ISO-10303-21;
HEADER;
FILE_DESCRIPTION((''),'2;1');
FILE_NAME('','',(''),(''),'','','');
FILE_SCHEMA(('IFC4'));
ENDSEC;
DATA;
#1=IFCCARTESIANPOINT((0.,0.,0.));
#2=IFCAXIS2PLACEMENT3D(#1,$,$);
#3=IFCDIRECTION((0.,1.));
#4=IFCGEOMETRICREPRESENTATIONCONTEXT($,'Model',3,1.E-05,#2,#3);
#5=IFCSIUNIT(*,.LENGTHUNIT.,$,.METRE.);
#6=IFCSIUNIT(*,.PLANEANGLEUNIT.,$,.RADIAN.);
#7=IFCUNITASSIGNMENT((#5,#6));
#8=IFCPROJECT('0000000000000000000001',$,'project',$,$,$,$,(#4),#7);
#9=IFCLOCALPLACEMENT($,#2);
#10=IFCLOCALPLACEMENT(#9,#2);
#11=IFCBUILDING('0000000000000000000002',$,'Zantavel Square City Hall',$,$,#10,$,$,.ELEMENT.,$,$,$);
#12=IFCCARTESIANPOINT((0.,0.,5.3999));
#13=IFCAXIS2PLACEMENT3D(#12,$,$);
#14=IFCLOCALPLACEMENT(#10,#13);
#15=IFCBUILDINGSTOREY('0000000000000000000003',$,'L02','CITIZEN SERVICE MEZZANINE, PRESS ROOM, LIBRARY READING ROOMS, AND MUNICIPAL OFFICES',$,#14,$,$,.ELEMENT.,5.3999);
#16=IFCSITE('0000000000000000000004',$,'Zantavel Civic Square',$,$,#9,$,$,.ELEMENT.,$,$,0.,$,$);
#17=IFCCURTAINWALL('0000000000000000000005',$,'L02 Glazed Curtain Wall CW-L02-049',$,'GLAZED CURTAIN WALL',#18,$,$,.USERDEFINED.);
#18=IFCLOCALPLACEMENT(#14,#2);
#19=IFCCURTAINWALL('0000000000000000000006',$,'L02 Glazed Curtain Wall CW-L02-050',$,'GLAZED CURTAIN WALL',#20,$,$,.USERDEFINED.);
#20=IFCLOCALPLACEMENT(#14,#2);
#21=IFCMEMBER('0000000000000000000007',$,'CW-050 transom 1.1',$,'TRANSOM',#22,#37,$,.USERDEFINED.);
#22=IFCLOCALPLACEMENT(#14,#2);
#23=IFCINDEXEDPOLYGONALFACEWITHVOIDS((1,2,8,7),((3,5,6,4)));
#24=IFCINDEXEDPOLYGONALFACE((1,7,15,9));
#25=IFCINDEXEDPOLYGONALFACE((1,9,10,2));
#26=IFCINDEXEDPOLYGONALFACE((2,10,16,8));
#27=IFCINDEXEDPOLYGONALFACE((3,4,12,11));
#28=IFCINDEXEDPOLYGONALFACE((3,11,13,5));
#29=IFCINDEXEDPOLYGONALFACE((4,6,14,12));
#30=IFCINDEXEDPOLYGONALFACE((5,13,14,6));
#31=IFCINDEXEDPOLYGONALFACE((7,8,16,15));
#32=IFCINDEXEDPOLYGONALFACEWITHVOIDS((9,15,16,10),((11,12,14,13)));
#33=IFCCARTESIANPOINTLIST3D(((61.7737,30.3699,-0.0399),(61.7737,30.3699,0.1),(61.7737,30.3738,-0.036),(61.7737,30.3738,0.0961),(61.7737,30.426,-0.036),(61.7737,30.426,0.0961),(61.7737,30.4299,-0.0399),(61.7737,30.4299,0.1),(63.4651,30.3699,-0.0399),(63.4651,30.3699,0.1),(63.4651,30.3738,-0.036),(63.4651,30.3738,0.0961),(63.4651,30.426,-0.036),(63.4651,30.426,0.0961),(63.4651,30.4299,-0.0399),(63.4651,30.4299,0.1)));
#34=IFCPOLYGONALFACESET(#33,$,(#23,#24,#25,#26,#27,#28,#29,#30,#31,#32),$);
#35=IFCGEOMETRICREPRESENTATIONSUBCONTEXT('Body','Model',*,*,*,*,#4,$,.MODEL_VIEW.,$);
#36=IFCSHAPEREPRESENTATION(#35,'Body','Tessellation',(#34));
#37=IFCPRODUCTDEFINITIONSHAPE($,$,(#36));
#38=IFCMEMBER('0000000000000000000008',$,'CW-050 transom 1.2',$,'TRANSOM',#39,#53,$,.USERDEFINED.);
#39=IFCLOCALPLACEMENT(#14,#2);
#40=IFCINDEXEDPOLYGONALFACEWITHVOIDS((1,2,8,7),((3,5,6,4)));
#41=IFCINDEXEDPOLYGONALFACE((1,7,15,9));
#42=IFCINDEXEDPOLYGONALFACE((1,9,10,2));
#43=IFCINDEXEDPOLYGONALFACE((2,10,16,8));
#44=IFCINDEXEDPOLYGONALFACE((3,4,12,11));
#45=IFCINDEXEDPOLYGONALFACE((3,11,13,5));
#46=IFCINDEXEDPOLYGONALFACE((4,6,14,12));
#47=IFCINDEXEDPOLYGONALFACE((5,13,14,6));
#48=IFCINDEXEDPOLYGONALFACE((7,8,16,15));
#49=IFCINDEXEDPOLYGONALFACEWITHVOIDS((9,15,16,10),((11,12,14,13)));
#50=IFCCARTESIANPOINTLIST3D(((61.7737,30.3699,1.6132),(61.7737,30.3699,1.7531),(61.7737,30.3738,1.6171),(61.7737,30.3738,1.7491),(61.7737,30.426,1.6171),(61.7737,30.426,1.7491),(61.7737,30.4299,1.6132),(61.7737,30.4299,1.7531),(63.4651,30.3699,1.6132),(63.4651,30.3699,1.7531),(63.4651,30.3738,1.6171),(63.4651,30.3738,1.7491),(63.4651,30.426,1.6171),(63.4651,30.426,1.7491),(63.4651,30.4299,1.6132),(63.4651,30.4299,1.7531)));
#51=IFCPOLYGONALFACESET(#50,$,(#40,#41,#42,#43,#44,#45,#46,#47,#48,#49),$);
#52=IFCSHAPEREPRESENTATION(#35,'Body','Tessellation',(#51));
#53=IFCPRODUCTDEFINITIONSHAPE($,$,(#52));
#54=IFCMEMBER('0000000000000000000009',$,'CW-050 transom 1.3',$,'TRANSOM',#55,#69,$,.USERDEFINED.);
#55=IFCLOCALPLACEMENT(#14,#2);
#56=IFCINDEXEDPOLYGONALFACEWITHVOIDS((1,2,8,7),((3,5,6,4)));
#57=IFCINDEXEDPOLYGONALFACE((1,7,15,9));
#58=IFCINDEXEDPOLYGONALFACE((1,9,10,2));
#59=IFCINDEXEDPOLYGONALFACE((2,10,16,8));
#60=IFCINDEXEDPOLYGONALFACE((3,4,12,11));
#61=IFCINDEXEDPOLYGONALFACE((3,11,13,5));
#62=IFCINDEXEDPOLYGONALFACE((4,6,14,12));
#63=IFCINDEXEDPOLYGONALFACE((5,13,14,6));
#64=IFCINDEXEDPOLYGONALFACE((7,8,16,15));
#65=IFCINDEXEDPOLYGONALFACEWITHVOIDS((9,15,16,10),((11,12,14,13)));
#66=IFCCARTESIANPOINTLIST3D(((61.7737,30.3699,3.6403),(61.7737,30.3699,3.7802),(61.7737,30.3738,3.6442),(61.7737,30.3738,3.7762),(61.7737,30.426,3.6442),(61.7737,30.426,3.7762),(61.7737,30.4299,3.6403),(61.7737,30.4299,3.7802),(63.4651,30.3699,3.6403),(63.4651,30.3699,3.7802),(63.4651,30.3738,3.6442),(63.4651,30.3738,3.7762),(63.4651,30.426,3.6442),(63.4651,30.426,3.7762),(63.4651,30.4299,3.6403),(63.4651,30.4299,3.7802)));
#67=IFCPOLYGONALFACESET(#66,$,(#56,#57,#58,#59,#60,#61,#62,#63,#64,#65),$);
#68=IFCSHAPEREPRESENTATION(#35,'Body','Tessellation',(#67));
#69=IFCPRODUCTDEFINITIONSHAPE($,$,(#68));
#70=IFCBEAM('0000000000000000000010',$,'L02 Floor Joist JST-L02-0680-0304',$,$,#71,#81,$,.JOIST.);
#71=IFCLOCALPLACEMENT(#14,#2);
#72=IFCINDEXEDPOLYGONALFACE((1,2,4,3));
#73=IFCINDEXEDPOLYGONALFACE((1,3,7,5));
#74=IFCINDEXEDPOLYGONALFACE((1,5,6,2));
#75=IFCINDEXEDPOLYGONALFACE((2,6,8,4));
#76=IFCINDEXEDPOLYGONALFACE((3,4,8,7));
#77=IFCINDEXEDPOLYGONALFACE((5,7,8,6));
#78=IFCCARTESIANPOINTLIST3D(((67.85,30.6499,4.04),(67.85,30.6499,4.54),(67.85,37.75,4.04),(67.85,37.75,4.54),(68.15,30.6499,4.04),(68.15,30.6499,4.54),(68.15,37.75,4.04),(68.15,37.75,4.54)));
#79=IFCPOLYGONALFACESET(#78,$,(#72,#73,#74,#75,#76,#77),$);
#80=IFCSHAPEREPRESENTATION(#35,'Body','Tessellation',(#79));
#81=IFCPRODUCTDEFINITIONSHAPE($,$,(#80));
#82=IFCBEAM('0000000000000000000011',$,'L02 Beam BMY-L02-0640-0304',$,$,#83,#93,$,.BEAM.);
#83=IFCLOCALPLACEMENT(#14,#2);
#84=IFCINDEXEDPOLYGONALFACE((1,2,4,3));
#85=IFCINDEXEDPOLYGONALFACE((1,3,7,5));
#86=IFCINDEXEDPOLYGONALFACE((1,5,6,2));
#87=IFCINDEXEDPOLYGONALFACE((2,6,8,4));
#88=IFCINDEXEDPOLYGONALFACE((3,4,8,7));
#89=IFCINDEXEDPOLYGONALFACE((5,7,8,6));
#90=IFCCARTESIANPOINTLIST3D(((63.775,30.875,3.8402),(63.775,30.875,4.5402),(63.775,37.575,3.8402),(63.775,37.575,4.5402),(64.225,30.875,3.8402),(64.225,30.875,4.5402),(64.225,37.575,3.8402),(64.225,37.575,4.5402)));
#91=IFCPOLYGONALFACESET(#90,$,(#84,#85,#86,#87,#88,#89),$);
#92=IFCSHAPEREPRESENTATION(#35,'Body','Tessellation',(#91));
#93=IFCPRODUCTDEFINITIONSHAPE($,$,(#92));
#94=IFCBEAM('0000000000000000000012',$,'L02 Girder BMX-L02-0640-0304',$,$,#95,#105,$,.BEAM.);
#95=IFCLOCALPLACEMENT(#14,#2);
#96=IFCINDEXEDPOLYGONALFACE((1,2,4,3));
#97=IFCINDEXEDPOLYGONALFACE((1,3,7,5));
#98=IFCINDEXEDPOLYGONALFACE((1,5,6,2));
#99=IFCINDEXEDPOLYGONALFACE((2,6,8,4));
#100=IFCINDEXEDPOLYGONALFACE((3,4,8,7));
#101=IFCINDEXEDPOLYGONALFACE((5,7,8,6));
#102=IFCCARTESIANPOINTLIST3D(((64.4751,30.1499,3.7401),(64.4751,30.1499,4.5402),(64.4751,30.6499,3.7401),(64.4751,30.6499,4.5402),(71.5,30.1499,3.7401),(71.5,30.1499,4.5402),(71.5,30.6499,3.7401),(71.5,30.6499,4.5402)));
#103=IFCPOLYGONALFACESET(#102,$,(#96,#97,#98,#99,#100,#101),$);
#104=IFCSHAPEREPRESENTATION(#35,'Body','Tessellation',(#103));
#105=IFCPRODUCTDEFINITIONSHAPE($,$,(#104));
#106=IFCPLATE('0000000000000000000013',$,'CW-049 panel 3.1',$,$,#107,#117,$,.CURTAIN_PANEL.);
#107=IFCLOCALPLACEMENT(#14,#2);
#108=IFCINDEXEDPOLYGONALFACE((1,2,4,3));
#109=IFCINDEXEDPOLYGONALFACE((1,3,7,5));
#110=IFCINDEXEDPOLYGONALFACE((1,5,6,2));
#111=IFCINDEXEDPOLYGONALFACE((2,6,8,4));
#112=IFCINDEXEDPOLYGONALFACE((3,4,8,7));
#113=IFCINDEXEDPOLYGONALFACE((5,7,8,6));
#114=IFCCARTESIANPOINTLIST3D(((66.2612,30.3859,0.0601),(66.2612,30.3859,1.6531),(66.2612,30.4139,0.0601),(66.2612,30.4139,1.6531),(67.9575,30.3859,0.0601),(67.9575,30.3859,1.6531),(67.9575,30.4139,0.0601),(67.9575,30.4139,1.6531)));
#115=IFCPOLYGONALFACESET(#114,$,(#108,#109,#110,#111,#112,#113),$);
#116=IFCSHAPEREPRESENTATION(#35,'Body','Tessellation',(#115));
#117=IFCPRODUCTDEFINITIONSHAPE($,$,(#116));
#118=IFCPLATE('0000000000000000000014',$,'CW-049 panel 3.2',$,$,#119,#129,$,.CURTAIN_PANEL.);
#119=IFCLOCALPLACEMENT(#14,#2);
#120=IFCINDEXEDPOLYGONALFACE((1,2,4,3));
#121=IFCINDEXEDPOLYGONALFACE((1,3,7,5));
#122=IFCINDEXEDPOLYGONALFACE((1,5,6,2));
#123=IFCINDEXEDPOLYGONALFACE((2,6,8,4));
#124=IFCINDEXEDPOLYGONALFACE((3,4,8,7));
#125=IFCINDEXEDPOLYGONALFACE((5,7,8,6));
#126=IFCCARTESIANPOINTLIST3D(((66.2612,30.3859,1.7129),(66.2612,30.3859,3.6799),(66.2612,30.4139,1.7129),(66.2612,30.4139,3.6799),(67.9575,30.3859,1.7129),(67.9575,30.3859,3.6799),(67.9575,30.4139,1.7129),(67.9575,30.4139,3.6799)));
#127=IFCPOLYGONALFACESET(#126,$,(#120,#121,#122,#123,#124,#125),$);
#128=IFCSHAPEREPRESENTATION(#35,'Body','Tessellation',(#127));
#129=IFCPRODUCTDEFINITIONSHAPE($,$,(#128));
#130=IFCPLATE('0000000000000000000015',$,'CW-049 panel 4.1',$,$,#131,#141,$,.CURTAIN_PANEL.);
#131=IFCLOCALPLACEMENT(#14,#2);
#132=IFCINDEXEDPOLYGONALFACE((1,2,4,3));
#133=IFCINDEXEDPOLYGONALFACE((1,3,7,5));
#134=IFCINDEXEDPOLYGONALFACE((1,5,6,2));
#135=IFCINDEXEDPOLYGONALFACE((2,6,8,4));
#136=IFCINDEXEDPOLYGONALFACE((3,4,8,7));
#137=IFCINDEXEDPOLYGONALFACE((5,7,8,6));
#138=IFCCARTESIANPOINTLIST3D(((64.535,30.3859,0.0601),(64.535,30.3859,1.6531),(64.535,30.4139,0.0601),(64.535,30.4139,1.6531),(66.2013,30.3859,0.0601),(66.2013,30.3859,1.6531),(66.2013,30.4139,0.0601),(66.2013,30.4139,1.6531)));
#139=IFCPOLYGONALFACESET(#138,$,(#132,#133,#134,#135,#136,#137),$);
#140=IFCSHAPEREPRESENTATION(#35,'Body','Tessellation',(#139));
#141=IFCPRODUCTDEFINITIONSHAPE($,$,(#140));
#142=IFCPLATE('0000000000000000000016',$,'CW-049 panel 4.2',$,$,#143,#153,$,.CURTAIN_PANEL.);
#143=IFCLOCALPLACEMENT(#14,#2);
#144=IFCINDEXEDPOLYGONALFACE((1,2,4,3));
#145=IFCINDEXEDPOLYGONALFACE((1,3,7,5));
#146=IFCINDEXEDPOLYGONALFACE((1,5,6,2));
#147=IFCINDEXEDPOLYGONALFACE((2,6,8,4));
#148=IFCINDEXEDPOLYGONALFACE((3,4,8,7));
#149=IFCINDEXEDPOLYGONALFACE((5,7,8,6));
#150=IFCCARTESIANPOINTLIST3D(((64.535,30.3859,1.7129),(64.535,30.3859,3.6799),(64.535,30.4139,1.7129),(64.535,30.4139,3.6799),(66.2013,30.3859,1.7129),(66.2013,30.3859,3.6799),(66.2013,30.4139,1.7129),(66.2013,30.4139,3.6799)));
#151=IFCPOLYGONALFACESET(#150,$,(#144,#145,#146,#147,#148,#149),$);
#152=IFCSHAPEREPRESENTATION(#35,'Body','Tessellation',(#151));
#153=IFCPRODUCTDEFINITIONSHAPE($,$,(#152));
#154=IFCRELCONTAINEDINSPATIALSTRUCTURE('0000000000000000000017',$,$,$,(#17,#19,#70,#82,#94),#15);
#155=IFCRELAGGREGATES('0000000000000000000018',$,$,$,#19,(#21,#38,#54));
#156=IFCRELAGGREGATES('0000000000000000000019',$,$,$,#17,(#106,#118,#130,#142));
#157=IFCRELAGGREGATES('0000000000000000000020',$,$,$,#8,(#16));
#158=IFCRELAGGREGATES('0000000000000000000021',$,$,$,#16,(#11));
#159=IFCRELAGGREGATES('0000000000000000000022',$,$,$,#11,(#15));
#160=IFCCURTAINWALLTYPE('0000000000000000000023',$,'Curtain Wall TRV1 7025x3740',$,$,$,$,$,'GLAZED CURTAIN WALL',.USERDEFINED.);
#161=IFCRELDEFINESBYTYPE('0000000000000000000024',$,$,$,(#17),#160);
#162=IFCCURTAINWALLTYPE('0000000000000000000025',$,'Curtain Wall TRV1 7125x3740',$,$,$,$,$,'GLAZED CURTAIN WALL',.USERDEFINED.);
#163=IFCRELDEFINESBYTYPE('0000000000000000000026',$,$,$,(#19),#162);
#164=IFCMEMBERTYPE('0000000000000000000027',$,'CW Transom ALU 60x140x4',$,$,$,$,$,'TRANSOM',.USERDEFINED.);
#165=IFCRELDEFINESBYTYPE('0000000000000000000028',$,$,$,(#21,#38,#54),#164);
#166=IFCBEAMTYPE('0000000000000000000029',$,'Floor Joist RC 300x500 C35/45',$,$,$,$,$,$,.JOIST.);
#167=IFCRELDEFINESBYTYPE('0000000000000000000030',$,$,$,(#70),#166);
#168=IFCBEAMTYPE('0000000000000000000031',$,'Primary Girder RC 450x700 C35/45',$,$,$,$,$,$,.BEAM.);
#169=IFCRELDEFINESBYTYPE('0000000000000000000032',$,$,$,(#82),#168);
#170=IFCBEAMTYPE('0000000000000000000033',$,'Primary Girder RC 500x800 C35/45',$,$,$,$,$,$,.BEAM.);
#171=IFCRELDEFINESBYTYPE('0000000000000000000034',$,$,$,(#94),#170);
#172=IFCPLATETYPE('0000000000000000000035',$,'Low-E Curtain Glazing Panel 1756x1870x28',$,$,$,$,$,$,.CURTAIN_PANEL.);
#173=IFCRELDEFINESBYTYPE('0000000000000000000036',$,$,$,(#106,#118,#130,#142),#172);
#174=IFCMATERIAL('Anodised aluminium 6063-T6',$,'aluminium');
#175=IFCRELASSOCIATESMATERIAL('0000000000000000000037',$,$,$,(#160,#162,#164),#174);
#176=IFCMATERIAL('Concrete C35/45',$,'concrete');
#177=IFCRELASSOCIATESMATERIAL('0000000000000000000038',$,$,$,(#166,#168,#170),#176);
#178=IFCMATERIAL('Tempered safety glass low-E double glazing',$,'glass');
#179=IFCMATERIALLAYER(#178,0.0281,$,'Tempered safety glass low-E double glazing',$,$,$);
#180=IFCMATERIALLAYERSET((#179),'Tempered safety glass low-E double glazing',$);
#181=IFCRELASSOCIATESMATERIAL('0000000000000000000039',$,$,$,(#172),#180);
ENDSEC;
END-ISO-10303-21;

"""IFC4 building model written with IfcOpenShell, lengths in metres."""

from ifc_helpers import new_model, si_unit, direction, frame, origin, origin_2d, place, context, subcontext, project, spatial, rectangle, hollow_rectangle, extrude, material, layer, layer_set, material_profile, profile_set, type_object, element, aggregate, save


model = new_model("IFC4")

# Units and contexts
model_context = context("Model", 3, precision=1e-05, world=origin(), true_north=direction((0.0, 1.0)))
body_context = subcontext(model_context, "Body", "Model", "MODEL_VIEW")
ifc_project = project(units=[si_unit("LENGTHUNIT", "METRE"), si_unit("PLANEANGLEUNIT", "RADIAN")], contexts=[model_context])

# Site, building, storey
site_placement = place(None, origin())
site = spatial("IfcSite", under=ifc_project, at=site_placement, Name="Zantavel Civic Square", CompositionType="ELEMENT", RefElevation=0.0)
building_placement = place(site_placement, origin())
building = spatial("IfcBuilding", under=site, at=building_placement, Name="Zantavel Square City Hall", CompositionType="ELEMENT")
storey_placement = place(building_placement, frame((0.0, 0.0, 5.3999)))
storey = spatial("IfcBuildingStorey", under=building, at=storey_placement, Name="L02", Description="CITIZEN SERVICE MEZZANINE, PRESS ROOM, LIBRARY READING ROOMS, AND MUNICIPAL OFFICES", CompositionType="ELEMENT", Elevation=5.3999)

# Curtain wall
ifc_material_1 = material(Name="Anodised aluminium 6063-T6", Category="aluminium")
curtain_wall_type_1 = type_object("IfcCurtainWallType", Name="Curtain Wall TRV1 7025x3740", ElementType="GLAZED CURTAIN WALL", PredefinedType="USERDEFINED", material=ifc_material_1)
curtain_wall_1_placement = place(storey_placement, origin())
curtain_wall_1 = element("IfcCurtainWall", 1, at=curtain_wall_1_placement, inside=storey, type_object=curtain_wall_type_1, Name="L02 Glazed Curtain Wall CW-L02-049", ObjectType="GLAZED CURTAIN WALL", PredefinedType="USERDEFINED")

# Curtain wall
curtain_wall_type_2 = type_object("IfcCurtainWallType", Name="Curtain Wall TRV1 7125x3740", ElementType="GLAZED CURTAIN WALL", PredefinedType="USERDEFINED", material=ifc_material_1)
curtain_wall_2_placement = place(storey_placement, origin())
curtain_wall_2 = element("IfcCurtainWall", 2, at=curtain_wall_2_placement, inside=storey, type_object=curtain_wall_type_2, Name="L02 Glazed Curtain Wall CW-L02-050", ObjectType="GLAZED CURTAIN WALL", PredefinedType="USERDEFINED")

# Members
ifc_material_profile_1 = material_profile(ifc_material_1, hollow_rectangle(XDim=0.0601, YDim=0.1399, WallThickness=0.0039, at=origin_2d()), Name="ALU 60x140x4")
ifc_profile_set_1 = profile_set([ifc_material_profile_1], Name="Anodised aluminium 6063-T6")
member_type_1 = type_object("IfcMemberType", Name="CW Transom ALU 60x140x4", ElementType="TRANSOM", PredefinedType="USERDEFINED", material=ifc_profile_set_1)
member_1_placement = place(storey_placement, frame((63.4651, 30.3999, 0.03), z_axis=(-1.0, 0.0, 0.0), x_axis=(0.0, -1.0, 0.0)))
member_1 = element("IfcMember", 3, at=member_1_placement, type_object=member_type_1, Name="CW-050 transom 1.1", ObjectType="TRANSOM", PredefinedType="USERDEFINED", context=body_context, shape_type="SweptSolid", body=[
    extrude(hollow_rectangle(XDim=0.0601, YDim=0.1399, WallThickness=0.0039, at=origin_2d()), origin(), (0.0, 0.0, 1.0), 1.6914),
])
member_2_placement = place(storey_placement, frame((63.4651, 30.3999, 1.6831), z_axis=(-1.0, 0.0, 0.0), x_axis=(0.0, -1.0, 0.0)))
member_2 = element("IfcMember", 4, at=member_2_placement, type_object=member_type_1, Name="CW-050 transom 1.2", ObjectType="TRANSOM", PredefinedType="USERDEFINED", context=body_context, shape_type="SweptSolid", body=[
    extrude(hollow_rectangle(XDim=0.0601, YDim=0.1399, WallThickness=0.0039, at=origin_2d()), origin(), (0.0, 0.0, 1.0), 1.6914),
])
member_3_placement = place(storey_placement, frame((63.4651, 30.3999, 3.7102), z_axis=(-1.0, 0.0, 0.0), x_axis=(0.0, -1.0, 0.0)))
member_3 = element("IfcMember", 5, at=member_3_placement, type_object=member_type_1, Name="CW-050 transom 1.3", ObjectType="TRANSOM", PredefinedType="USERDEFINED", context=body_context, shape_type="SweptSolid", body=[
    extrude(hollow_rectangle(XDim=0.0601, YDim=0.1399, WallThickness=0.0039, at=origin_2d()), origin(), (0.0, 0.0, 1.0), 1.6914),
])
aggregate(curtain_wall_2, [member_1, member_2, member_3])

# Beams
ifc_material_2 = material(Name="Concrete C35/45", Category="concrete")
ifc_material_profile_2 = material_profile(ifc_material_2, rectangle(XDim=0.3, YDim=0.5, at=origin_2d()), Name="RC 300x500")
ifc_profile_set_2 = profile_set([ifc_material_profile_2], Name="Concrete C35/45")
beam_type_1 = type_object("IfcBeamType", Name="Floor Joist RC 300x500 C35/45", PredefinedType="JOIST", material=ifc_profile_set_2)
beam_1_placement = place(storey_placement, frame((68.0, 30.6499, 4.29), z_axis=(0.0, 1.0, 0.0), x_axis=(-1.0, 0.0, 0.0)))
element("IfcBeam", 6, at=beam_1_placement, inside=storey, type_object=beam_type_1, Name="L02 Floor Joist JST-L02-0680-0304", PredefinedType="JOIST", context=body_context, shape_type="SweptSolid", body=[
    extrude(rectangle(XDim=0.3, YDim=0.5, at=origin_2d()), origin(), (0.0, 0.0, 1.0), 7.1001),
])
ifc_material_profile_3 = material_profile(ifc_material_2, rectangle(XDim=0.45, YDim=0.7, at=origin_2d()), Name="RC 450x700")
ifc_profile_set_3 = profile_set([ifc_material_profile_3], Name="Concrete C35/45")
beam_type_2 = type_object("IfcBeamType", Name="Primary Girder RC 450x700 C35/45", PredefinedType="BEAM", material=ifc_profile_set_3)
beam_2_placement = place(storey_placement, frame((64.0, 30.875, 4.1902), z_axis=(0.0, 1.0, 0.0), x_axis=(-1.0, 0.0, 0.0)))
element("IfcBeam", 7, at=beam_2_placement, inside=storey, type_object=beam_type_2, Name="L02 Beam BMY-L02-0640-0304", PredefinedType="BEAM", context=body_context, shape_type="SweptSolid", body=[
    extrude(rectangle(XDim=0.45, YDim=0.7, at=origin_2d()), origin(), (0.0, 0.0, 1.0), 6.7),
])
ifc_material_profile_4 = material_profile(ifc_material_2, rectangle(XDim=0.5, YDim=0.8, at=origin_2d()), Name="RC 500x800")
ifc_profile_set_4 = profile_set([ifc_material_profile_4], Name="Concrete C35/45")
beam_type_3 = type_object("IfcBeamType", Name="Primary Girder RC 500x800 C35/45", PredefinedType="BEAM", material=ifc_profile_set_4)
beam_3_placement = place(storey_placement, frame((64.4751, 30.3999, 4.1401), z_axis=(1.0, 0.0, 0.0), x_axis=(0.0, 1.0, 0.0)))
element("IfcBeam", 8, at=beam_3_placement, inside=storey, type_object=beam_type_3, Name="L02 Girder BMX-L02-0640-0304", PredefinedType="BEAM", context=body_context, shape_type="SweptSolid", body=[
    extrude(rectangle(XDim=0.5, YDim=0.8, at=origin_2d()), origin(), (0.0, 0.0, 1.0), 7.0249),
])

# Plates
ifc_material_3 = material(Name="Tempered safety glass low-E double glazing", Category="glass")
ifc_layer = layer(ifc_material_3, 0.0281, Name="Tempered safety glass low-E double glazing")
ifc_layer_set = layer_set([ifc_layer], Name="Tempered safety glass low-E double glazing")
plate_type = type_object("IfcPlateType", Name="Low-E Curtain Glazing Panel 1756x1870x28", PredefinedType="CURTAIN_PANEL", material=ifc_layer_set)
plate_1_placement = place(storey_placement, frame((67.1094, 30.3999, 0.0601), z_axis=(0.0, 0.0, 1.0), x_axis=(-1.0, 0.0, 0.0)))
plate_1 = element("IfcPlate", 9, at=plate_1_placement, type_object=plate_type, Name="CW-049 panel 3.1", PredefinedType="CURTAIN_PANEL", context=body_context, shape_type="SweptSolid", body=[
    extrude(rectangle(XDim=1.6963, YDim=0.0281, at=origin_2d()), origin(), (0.0, 0.0, 1.0), 1.593),
])
plate_2_placement = place(storey_placement, frame((67.1094, 30.3999, 1.7129), z_axis=(0.0, 0.0, 1.0), x_axis=(-1.0, 0.0, 0.0)))
plate_2 = element("IfcPlate", 10, at=plate_2_placement, type_object=plate_type, Name="CW-049 panel 3.2", PredefinedType="CURTAIN_PANEL", context=body_context, shape_type="SweptSolid", body=[
    extrude(rectangle(XDim=1.6963, YDim=0.0281, at=origin_2d()), origin(), (0.0, 0.0, 1.0), 1.967),
])
plate_3_placement = place(storey_placement, frame((65.3682, 30.3999, 0.0601), z_axis=(0.0, 0.0, 1.0), x_axis=(-1.0, 0.0, 0.0)))
plate_3 = element("IfcPlate", 11, at=plate_3_placement, type_object=plate_type, Name="CW-049 panel 4.1", PredefinedType="CURTAIN_PANEL", context=body_context, shape_type="SweptSolid", body=[
    extrude(rectangle(XDim=1.6663, YDim=0.0281, at=origin_2d()), origin(), (0.0, 0.0, 1.0), 1.593),
])
plate_4_placement = place(storey_placement, frame((65.3682, 30.3999, 1.7129), z_axis=(0.0, 0.0, 1.0), x_axis=(-1.0, 0.0, 0.0)))
plate_4 = element("IfcPlate", 12, at=plate_4_placement, type_object=plate_type, Name="CW-049 panel 4.2", PredefinedType="CURTAIN_PANEL", context=body_context, shape_type="SweptSolid", body=[
    extrude(rectangle(XDim=1.6663, YDim=0.0281, at=origin_2d()), origin(), (0.0, 0.0, 1.0), 1.967),
])
aggregate(curtain_wall_1, [plate_1, plate_2, plate_3, plate_4])

save(model, "model.ifc")
